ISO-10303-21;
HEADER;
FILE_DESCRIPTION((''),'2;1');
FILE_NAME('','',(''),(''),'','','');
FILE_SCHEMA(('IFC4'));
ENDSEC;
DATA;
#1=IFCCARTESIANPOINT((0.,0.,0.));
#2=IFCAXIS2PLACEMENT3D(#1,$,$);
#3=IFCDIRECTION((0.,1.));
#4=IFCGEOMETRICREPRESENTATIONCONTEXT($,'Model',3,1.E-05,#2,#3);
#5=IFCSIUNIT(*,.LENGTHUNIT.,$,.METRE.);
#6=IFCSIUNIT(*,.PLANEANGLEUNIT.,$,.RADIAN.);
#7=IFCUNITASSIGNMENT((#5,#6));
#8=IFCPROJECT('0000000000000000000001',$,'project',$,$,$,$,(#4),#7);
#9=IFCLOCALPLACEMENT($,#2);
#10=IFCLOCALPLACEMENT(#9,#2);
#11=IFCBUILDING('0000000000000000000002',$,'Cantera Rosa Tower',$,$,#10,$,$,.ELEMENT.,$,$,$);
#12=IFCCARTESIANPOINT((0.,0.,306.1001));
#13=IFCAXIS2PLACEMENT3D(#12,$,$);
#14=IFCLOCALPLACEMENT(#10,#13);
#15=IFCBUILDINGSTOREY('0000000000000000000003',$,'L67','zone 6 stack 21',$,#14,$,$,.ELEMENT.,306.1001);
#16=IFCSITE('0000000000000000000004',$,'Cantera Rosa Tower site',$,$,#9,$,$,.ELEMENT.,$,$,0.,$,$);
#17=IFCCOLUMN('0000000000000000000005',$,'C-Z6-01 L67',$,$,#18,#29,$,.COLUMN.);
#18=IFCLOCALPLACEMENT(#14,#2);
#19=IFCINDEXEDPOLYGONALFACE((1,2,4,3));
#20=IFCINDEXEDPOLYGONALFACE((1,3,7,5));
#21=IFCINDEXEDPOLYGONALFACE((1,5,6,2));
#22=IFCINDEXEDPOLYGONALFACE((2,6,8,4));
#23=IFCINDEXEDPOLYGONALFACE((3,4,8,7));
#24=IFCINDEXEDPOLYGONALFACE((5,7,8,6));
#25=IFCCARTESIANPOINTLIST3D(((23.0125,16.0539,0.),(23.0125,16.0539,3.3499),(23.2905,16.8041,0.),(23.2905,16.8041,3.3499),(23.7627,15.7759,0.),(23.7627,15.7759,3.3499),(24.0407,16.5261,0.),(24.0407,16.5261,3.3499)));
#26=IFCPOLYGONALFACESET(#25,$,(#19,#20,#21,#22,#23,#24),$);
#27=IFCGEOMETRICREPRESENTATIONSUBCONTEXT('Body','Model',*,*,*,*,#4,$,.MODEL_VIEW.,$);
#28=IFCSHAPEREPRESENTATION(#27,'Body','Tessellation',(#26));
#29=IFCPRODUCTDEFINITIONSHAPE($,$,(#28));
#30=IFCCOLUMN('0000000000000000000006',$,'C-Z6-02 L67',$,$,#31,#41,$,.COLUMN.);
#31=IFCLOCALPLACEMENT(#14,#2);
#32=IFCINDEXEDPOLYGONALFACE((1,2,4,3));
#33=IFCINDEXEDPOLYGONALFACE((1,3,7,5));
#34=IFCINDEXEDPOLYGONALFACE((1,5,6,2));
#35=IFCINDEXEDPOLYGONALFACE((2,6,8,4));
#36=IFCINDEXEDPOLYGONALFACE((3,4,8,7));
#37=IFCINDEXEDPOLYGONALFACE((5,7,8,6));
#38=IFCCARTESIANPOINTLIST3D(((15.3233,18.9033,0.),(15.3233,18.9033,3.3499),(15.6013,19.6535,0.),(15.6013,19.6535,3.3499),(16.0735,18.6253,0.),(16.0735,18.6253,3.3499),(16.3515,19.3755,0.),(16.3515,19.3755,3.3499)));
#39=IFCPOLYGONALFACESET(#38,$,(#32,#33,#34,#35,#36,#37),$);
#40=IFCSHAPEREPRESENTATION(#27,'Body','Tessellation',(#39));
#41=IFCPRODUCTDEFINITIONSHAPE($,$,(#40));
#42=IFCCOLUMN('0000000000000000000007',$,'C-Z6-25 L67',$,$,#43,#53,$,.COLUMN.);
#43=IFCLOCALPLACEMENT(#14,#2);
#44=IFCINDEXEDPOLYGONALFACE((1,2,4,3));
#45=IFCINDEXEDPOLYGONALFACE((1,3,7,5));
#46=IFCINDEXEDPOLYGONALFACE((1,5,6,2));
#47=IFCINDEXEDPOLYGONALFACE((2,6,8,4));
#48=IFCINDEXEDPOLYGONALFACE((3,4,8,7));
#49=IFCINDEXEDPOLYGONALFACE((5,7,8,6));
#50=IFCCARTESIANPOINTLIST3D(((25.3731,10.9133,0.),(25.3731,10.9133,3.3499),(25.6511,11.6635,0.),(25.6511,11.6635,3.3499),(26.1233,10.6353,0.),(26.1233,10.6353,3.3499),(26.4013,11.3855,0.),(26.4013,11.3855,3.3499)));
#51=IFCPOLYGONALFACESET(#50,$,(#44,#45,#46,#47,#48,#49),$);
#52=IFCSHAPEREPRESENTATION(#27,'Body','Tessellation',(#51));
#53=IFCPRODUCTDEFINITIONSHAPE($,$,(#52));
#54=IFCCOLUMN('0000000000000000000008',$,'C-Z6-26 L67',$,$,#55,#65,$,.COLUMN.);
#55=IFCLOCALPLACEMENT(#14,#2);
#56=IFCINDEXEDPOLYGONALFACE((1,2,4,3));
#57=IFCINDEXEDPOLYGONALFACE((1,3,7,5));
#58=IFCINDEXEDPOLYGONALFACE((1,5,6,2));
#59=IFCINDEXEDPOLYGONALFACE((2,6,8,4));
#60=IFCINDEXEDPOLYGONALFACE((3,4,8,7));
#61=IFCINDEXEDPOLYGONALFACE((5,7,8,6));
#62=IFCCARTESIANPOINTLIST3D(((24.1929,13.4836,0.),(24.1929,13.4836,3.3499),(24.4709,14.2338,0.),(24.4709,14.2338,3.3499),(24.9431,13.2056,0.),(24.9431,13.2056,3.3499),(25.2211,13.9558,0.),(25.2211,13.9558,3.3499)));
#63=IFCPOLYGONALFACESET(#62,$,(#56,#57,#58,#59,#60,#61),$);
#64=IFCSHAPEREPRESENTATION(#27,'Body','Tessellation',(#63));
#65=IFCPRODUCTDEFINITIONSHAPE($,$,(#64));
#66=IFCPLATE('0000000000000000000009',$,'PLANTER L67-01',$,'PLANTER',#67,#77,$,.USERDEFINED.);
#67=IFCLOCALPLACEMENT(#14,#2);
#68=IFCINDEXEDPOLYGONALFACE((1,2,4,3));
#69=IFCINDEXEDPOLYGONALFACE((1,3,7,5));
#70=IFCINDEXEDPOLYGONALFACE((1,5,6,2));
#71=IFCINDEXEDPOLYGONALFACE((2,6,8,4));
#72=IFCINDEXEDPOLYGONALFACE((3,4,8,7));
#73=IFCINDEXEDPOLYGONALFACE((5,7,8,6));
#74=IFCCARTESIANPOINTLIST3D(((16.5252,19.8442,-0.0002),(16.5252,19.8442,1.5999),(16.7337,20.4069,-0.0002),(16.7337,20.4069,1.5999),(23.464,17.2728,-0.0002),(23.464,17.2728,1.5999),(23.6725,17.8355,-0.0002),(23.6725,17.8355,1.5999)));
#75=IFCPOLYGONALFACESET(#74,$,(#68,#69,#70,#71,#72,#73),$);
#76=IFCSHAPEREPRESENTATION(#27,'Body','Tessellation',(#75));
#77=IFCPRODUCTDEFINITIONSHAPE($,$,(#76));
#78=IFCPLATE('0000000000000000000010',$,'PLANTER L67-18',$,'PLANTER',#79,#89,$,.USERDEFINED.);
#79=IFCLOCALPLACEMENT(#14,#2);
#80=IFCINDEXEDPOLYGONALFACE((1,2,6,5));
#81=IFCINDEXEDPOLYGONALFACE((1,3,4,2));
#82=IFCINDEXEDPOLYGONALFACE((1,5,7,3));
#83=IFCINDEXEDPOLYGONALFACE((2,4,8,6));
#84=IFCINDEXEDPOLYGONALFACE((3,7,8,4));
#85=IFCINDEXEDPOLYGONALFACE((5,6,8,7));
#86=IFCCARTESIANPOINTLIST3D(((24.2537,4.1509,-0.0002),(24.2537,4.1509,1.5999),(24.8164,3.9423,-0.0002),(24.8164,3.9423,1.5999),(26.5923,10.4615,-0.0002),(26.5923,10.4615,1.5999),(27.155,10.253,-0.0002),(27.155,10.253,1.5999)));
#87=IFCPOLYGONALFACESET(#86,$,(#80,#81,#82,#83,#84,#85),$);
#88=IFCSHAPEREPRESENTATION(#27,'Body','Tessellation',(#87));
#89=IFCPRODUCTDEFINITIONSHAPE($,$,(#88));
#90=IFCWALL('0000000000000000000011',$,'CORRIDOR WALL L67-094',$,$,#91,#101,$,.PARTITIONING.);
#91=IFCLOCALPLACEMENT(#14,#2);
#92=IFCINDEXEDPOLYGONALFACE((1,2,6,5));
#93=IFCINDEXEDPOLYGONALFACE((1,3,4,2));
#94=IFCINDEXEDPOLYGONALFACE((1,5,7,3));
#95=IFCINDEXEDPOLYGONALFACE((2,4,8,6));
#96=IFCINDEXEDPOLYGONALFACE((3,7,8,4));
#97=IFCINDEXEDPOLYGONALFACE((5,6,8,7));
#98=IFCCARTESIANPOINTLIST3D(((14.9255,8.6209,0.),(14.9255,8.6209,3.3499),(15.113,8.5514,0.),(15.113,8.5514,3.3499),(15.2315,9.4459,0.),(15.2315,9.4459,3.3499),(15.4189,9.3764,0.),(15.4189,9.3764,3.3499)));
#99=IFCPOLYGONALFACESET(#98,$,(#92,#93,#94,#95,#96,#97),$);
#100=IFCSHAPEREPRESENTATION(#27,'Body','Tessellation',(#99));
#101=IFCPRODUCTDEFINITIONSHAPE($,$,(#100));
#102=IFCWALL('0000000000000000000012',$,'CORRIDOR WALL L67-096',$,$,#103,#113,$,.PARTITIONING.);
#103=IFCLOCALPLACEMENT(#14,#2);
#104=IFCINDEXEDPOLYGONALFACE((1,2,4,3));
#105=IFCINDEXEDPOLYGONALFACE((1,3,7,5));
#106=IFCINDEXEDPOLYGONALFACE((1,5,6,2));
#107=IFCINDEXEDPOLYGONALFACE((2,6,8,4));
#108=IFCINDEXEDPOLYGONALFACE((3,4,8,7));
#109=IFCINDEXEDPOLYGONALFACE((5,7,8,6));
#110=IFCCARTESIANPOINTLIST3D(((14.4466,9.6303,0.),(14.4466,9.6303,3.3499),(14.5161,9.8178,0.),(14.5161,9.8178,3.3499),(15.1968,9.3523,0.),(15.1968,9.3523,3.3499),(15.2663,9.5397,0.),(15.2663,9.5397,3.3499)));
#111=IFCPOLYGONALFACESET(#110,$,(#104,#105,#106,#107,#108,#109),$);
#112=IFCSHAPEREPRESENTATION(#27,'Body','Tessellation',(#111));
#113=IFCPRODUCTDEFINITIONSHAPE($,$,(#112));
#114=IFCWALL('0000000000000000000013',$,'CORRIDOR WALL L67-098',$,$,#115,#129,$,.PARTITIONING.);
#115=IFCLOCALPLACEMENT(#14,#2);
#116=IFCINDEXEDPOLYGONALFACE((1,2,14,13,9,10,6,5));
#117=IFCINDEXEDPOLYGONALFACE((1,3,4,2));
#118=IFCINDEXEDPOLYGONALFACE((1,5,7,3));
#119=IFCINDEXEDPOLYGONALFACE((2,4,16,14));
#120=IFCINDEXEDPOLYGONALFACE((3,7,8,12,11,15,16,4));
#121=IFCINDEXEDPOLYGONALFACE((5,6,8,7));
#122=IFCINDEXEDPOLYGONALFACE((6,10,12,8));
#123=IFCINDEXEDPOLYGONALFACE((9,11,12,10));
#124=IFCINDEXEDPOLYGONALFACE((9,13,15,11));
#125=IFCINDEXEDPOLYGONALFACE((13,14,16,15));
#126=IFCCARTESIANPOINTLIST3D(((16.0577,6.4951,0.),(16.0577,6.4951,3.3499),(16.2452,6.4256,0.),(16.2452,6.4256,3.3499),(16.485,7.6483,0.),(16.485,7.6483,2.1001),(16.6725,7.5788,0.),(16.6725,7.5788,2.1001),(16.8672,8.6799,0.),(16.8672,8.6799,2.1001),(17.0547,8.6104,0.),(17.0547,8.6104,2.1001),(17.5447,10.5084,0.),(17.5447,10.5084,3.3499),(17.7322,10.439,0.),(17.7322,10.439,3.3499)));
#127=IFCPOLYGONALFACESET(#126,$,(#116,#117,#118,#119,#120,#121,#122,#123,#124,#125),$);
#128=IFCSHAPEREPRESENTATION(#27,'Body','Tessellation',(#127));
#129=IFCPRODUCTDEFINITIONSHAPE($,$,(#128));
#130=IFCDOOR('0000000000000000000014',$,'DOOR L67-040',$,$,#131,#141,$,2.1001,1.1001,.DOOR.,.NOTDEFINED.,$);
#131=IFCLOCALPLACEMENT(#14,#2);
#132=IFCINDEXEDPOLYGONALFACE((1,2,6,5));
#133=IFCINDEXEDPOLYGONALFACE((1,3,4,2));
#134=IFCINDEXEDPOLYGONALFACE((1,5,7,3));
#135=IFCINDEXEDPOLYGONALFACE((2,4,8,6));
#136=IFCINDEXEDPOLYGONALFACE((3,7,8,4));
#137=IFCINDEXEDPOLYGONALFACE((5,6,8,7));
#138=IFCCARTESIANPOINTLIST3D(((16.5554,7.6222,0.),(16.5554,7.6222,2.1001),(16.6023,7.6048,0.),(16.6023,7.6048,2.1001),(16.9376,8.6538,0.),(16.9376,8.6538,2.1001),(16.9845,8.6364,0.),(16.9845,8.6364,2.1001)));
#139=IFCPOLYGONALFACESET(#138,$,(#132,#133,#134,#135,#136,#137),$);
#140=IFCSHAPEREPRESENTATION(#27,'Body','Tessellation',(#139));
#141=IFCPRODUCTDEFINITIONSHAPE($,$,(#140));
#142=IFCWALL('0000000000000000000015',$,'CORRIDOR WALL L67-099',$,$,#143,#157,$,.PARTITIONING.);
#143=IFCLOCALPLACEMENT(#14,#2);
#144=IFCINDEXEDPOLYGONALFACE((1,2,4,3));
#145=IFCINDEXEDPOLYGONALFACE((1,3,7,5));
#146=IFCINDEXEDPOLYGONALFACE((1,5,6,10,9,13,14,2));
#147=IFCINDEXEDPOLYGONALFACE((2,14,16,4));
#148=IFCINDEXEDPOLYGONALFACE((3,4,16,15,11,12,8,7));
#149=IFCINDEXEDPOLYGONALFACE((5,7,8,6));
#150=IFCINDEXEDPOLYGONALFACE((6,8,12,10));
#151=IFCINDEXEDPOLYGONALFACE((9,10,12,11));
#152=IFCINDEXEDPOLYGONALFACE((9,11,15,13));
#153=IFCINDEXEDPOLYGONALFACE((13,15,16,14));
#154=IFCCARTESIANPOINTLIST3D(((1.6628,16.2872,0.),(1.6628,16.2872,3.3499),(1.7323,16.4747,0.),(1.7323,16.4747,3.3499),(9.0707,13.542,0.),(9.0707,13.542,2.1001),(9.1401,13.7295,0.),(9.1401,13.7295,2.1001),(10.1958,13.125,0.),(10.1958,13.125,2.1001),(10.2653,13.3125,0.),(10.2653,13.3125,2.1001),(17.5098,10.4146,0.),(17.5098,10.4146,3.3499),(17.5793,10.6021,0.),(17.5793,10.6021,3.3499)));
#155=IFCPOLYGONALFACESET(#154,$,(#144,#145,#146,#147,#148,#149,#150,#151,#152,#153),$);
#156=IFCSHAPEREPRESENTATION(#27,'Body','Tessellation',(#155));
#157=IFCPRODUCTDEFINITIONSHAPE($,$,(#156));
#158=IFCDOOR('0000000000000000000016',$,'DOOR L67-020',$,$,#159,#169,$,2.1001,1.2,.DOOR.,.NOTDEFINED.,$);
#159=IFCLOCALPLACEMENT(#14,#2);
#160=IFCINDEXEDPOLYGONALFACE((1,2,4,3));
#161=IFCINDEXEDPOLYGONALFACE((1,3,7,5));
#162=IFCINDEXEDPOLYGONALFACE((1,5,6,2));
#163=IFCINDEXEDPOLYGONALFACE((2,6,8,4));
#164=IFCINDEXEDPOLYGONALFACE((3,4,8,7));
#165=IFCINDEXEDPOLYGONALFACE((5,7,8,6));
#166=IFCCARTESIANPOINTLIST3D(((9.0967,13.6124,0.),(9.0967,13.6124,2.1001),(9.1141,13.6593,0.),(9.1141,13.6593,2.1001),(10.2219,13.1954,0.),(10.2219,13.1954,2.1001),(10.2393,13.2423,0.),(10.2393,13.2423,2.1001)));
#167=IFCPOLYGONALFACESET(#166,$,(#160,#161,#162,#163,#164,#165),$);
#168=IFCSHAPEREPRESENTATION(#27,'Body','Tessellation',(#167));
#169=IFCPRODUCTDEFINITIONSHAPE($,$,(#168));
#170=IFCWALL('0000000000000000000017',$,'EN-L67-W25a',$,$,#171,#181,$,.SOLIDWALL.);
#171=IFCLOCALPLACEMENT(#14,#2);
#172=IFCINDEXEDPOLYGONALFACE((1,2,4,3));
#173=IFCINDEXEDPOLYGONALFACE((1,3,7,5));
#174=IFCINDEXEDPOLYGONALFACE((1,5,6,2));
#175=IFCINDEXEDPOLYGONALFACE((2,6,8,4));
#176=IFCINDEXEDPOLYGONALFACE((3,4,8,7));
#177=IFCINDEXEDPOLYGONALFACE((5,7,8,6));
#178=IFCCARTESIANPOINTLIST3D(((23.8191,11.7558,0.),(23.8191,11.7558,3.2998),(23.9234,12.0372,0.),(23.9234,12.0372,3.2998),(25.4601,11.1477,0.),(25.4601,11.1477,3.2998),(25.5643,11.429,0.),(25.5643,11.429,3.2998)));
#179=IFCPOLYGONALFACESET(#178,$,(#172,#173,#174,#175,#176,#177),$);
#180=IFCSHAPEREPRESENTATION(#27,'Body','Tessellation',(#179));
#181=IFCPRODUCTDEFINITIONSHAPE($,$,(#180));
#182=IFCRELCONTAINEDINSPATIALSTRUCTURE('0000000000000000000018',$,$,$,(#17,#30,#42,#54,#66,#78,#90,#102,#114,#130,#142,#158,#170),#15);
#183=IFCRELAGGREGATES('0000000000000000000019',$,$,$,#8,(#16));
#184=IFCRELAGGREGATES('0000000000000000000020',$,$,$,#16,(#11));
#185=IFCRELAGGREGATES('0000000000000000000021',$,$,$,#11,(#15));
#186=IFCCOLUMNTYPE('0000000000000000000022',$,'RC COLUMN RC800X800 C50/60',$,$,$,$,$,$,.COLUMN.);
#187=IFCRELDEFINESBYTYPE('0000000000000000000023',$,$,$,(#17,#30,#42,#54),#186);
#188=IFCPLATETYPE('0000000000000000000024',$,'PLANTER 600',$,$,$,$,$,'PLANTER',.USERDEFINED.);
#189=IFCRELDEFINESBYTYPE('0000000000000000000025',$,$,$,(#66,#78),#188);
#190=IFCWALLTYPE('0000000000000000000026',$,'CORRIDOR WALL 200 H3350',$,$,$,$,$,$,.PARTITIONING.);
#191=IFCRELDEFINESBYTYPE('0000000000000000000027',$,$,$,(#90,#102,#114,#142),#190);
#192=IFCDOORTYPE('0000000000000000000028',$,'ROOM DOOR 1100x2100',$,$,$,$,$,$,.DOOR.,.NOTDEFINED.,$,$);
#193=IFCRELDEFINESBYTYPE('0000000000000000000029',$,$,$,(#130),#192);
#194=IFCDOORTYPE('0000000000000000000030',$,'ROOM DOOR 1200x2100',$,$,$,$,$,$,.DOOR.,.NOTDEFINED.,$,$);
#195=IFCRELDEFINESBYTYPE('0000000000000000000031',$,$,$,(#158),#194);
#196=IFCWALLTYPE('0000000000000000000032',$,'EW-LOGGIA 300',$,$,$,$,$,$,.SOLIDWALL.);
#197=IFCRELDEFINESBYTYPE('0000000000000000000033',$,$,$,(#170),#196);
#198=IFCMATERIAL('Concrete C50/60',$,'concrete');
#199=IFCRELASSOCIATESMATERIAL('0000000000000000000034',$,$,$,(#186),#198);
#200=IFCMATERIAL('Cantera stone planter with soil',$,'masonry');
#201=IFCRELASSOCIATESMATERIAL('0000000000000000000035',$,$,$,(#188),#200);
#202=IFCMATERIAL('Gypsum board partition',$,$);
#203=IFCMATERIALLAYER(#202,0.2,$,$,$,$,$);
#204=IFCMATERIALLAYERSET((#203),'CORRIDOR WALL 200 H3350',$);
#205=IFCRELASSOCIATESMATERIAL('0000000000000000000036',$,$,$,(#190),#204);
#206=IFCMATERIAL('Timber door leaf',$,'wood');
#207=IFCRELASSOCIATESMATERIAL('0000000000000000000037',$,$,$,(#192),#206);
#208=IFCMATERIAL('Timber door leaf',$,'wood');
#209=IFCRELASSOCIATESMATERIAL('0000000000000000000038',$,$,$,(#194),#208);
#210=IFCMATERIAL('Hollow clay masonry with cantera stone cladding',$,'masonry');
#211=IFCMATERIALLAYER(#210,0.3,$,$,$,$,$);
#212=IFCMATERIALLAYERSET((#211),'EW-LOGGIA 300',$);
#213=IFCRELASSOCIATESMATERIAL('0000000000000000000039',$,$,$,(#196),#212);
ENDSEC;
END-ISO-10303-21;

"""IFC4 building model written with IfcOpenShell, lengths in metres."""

from ifc_helpers import new_model, si_unit, direction, frame, frame_2d, origin, origin_2d, place, context, subcontext, project, spatial, rectangle, extrude, material, layer, layer_set, material_profile, profile_set, type_object, element, fill, save


model = new_model("IFC4")

# Units and contexts
model_context = context("Model", 3, precision=1e-05, world=origin(), true_north=direction((0.0, 1.0)))
body_context = subcontext(model_context, "Body", "Model", "MODEL_VIEW")
ifc_project = project(units=[si_unit("LENGTHUNIT", "METRE"), si_unit("PLANEANGLEUNIT", "RADIAN")], contexts=[model_context])

# Site, building, storey
site_placement = place(None, origin())
site = spatial("IfcSite", under=ifc_project, at=site_placement, Name="Cantera Rosa Tower site", CompositionType="ELEMENT", RefElevation=0.0)
building_placement = place(site_placement, origin())
building = spatial("IfcBuilding", under=site, at=building_placement, Name="Cantera Rosa Tower", CompositionType="ELEMENT")
storey_placement = place(building_placement, frame((0.0, 0.0, 306.1001)))
storey = spatial("IfcBuildingStorey", under=building, at=storey_placement, Name="L67", Description="zone 6 stack 21", CompositionType="ELEMENT", Elevation=306.1001)

# Columns
ifc_material_1 = material(Name="Concrete C50/60", Category="concrete")
ifc_material_profile = material_profile(ifc_material_1, rectangle(XDim=0.8, YDim=0.8, at=origin_2d()), Name="RC COLUMN RC800X800 C50/60")
ifc_profile_set = profile_set([ifc_material_profile], Name="Concrete C50/60")
column_type = type_object("IfcColumnType", Name="RC COLUMN RC800X800 C50/60", PredefinedType="COLUMN", material=ifc_profile_set)
for number, where, z_axis, x_axis, name in (
    (1, (23.5266, 16.29, 0.0), (0.0, 0.0, 1.0), (0.347481, 0.937687, 0.0), "C-Z6-01 L67"),
    (2, (15.8374, 19.1394, 0.0), (0.0, 0.0, 1.0), (0.347481, 0.937687, 0.0), "C-Z6-02 L67"),
    (3, (25.8872, 11.1494, 0.0), (0.0, 0.0, 1.0), (0.347481, 0.937687, 0.0), "C-Z6-25 L67"),
    (4, (24.707, 13.7197, 0.0), (0.0, 0.0, 1.0), (0.347481, 0.937687, 0.0), "C-Z6-26 L67"),
):
    element("IfcColumn", number, at=place(storey_placement, frame(where, z_axis=z_axis, x_axis=x_axis)), inside=storey, type_object=column_type, Name=name, PredefinedType="COLUMN", context=body_context, shape_type="SweptSolid", body=[
        extrude(rectangle(XDim=0.8, YDim=0.8, at=origin_2d()), origin(), (0.0, 0.0, 1.0), 3.3499),
    ])

# Plates
ifc_material_2 = material(Name="Cantera stone planter with soil", Category="masonry")
plate_type = type_object("IfcPlateType", Name="PLANTER 600", ElementType="PLANTER", PredefinedType="USERDEFINED", material=ifc_material_2)
plate_1_placement = place(storey_placement, frame((20.0989, 18.8398, -0.0002), z_axis=(0.0, 0.0, 1.0), x_axis=(-0.937687, 0.347481, 0.0)))
element("IfcPlate", 5, at=plate_1_placement, inside=storey, type_object=plate_type, Name="PLANTER L67-01", ObjectType="PLANTER", PredefinedType="USERDEFINED", context=body_context, shape_type="SweptSolid", body=[
    extrude(rectangle(XDim=7.3999, YDim=0.6001, at=origin_2d()), origin(), (0.0, 0.0, 1.0), 1.6001),
])
plate_2_placement = place(storey_placement, frame((25.7043, 7.2019, -0.0002), z_axis=(0.0, 0.0, 1.0), x_axis=(0.347481, 0.937687, 0.0)))
element("IfcPlate", 6, at=plate_2_placement, inside=storey, type_object=plate_type, Name="PLANTER L67-18", ObjectType="PLANTER", PredefinedType="USERDEFINED", context=body_context, shape_type="SweptSolid", body=[
    extrude(rectangle(XDim=6.73, YDim=0.6001, at=origin_2d()), origin(), (0.0, 0.0, 1.0), 1.6001),
])

# Walls
ifc_material_3 = material(Name="Gypsum board partition")
ifc_layer_1 = layer(ifc_material_3, 0.2)
ifc_layer_set_1 = layer_set([ifc_layer_1], Name="CORRIDOR WALL 200 H3350")
wall_type_1 = type_object("IfcWallType", Name="CORRIDOR WALL 200 H3350", PredefinedType="PARTITIONING", material=ifc_layer_set_1)
wall_1_placement = place(storey_placement, frame((15.0193, 8.5862, 0.0), z_axis=(0.0, 0.0, 1.0), x_axis=(0.347685, 0.937611, 0.0)))
element("IfcWall", 7, at=wall_1_placement, inside=storey, type_object=wall_type_1, Name="CORRIDOR WALL L67-094", PredefinedType="PARTITIONING", context=body_context, shape_type="SweptSolid", body=[
    extrude(rectangle(XDim=0.8799, YDim=0.2, at=frame_2d((0.4399, 0.0))), origin(), (0.0, 0.0, 1.0), 3.3499),
])
wall_2_placement = place(storey_placement, frame((15.2314, 9.446, 0.0), z_axis=(0.0, 0.0, 1.0), x_axis=(-0.937664, 0.347543, 0.0)))
element("IfcWall", 8, at=wall_2_placement, inside=storey, type_object=wall_type_1, Name="CORRIDOR WALL L67-096", PredefinedType="PARTITIONING", context=body_context, shape_type="SweptSolid", body=[
    extrude(rectangle(XDim=0.8, YDim=0.2, at=frame_2d((0.3999, 0.0))), origin(), (0.0, 0.0, 1.0), 3.3499),
])

# Walls, openings, doors
wall_3_placement = place(storey_placement, frame((16.1514, 6.4602, 0.0), z_axis=(0.0, 0.0, 1.0), x_axis=(0.347439, 0.937703, 0.0)))
wall_3 = element("IfcWall", 9, at=wall_3_placement, inside=storey, type_object=wall_type_1, Name="CORRIDOR WALL L67-098", PredefinedType="PARTITIONING", context=body_context, shape_type="SweptSolid", body=[
    extrude(rectangle(XDim=4.28, YDim=0.2, at=frame_2d((2.1401, 0.0))), origin(), (0.0, 0.0, 1.0), 3.3499),
])
opening_1_placement = place(wall_3_placement, frame((1.23, 0.0, 0.0)))
opening_1 = element("IfcOpeningElement", 10, at=opening_1_placement, cuts=wall_3, PredefinedType="OPENING", context=body_context, shape_type="SweptSolid", body=[
    extrude(rectangle(XDim=1.1001, YDim=2.1001, at=frame_2d((0.55, 1.05))), frame((0.0, 0.1099, 0.0), z_axis=(0.0, -1.0, 0.0), x_axis=(1.0, 0.0, 0.0)), (0.0, 0.0, 1.0), 0.22),
])
ifc_material_4 = material(Name="Timber door leaf", Category="wood")
door_type_1 = type_object("IfcDoorType", Name="ROOM DOOR 1100x2100", OperationType="NOTDEFINED", PredefinedType="DOOR", material=ifc_material_4)
door_1_placement = place(opening_1_placement, origin())
door_1 = element("IfcDoor", 11, at=door_1_placement, inside=storey, type_object=door_type_1, Name="DOOR L67-040", OperationType="NOTDEFINED", OverallHeight=2.1001, OverallWidth=1.1001, PredefinedType="DOOR", context=body_context, shape_type="SweptSolid", body=[
    extrude(rectangle(XDim=1.1001, YDim=2.1001, at=frame_2d((0.55, 1.05))), frame((0.0, 0.0249, 0.0), z_axis=(0.0, -1.0, 0.0), x_axis=(1.0, 0.0, 0.0)), (0.0, 0.0, 1.0), 0.05),
])
fill(opening_1, door_1)
wall_4_placement = place(storey_placement, frame((17.5447, 10.5083, 0.0), z_axis=(0.0, 0.0, 1.0), x_axis=(-0.937685, 0.347487, 0.0)))
wall_4 = element("IfcWall", 12, at=wall_4_placement, inside=storey, type_object=wall_type_1, Name="CORRIDOR WALL L67-099", PredefinedType="PARTITIONING", context=body_context, shape_type="SweptSolid", body=[
    extrude(rectangle(XDim=16.9001, YDim=0.2, at=frame_2d((8.4502, 0.0))), origin(), (0.0, 0.0, 1.0), 3.3499),
])
opening_2_placement = place(wall_4_placement, frame((7.8, 0.0, 0.0)))
opening_2 = element("IfcOpeningElement", 13, at=opening_2_placement, cuts=wall_4, PredefinedType="OPENING", context=body_context, shape_type="SweptSolid", body=[
    extrude(rectangle(XDim=1.2, YDim=2.1001, at=frame_2d((0.6001, 1.05))), frame((0.0, 0.1099, 0.0), z_axis=(0.0, -1.0, 0.0), x_axis=(1.0, 0.0, 0.0)), (0.0, 0.0, 1.0), 0.22),
])
ifc_material_5 = material(Name="Timber door leaf", Category="wood")
door_type_2 = type_object("IfcDoorType", Name="ROOM DOOR 1200x2100", OperationType="NOTDEFINED", PredefinedType="DOOR", material=ifc_material_5)
door_2_placement = place(opening_2_placement, origin())
door_2 = element("IfcDoor", 14, at=door_2_placement, inside=storey, type_object=door_type_2, Name="DOOR L67-020", OperationType="NOTDEFINED", OverallHeight=2.1001, OverallWidth=1.2, PredefinedType="DOOR", context=body_context, shape_type="SweptSolid", body=[
    extrude(rectangle(XDim=1.2, YDim=2.1001, at=frame_2d((0.6001, 1.05))), frame((0.0, 0.0249, 0.0), z_axis=(0.0, -1.0, 0.0), x_axis=(1.0, 0.0, 0.0)), (0.0, 0.0, 1.0), 0.05),
])
fill(opening_2, door_2)

# Wall
ifc_material_6 = material(Name="Hollow clay masonry with cantera stone cladding", Category="masonry")
ifc_layer_2 = layer(ifc_material_6, 0.3)
ifc_layer_set_2 = layer_set([ifc_layer_2], Name="EW-LOGGIA 300")
wall_type_2 = type_object("IfcWallType", Name="EW-LOGGIA 300", PredefinedType="SOLIDWALL", material=ifc_layer_set_2)
wall_5_placement = place(storey_placement, frame((25.5122, 11.2883, 0.0), z_axis=(0.0, 0.0, 1.0), x_axis=(-0.93767, 0.347528, 0.0)))
element("IfcWall", 15, at=wall_5_placement, inside=storey, type_object=wall_type_2, Name="EN-L67-W25a", PredefinedType="SOLIDWALL", context=body_context, shape_type="SweptSolid", body=[
    extrude(rectangle(XDim=1.75, YDim=0.3, at=frame_2d((0.875, 0.0))), origin(), (0.0, 0.0, 1.0), 3.2998),
])

save(model, "model.ifc")
